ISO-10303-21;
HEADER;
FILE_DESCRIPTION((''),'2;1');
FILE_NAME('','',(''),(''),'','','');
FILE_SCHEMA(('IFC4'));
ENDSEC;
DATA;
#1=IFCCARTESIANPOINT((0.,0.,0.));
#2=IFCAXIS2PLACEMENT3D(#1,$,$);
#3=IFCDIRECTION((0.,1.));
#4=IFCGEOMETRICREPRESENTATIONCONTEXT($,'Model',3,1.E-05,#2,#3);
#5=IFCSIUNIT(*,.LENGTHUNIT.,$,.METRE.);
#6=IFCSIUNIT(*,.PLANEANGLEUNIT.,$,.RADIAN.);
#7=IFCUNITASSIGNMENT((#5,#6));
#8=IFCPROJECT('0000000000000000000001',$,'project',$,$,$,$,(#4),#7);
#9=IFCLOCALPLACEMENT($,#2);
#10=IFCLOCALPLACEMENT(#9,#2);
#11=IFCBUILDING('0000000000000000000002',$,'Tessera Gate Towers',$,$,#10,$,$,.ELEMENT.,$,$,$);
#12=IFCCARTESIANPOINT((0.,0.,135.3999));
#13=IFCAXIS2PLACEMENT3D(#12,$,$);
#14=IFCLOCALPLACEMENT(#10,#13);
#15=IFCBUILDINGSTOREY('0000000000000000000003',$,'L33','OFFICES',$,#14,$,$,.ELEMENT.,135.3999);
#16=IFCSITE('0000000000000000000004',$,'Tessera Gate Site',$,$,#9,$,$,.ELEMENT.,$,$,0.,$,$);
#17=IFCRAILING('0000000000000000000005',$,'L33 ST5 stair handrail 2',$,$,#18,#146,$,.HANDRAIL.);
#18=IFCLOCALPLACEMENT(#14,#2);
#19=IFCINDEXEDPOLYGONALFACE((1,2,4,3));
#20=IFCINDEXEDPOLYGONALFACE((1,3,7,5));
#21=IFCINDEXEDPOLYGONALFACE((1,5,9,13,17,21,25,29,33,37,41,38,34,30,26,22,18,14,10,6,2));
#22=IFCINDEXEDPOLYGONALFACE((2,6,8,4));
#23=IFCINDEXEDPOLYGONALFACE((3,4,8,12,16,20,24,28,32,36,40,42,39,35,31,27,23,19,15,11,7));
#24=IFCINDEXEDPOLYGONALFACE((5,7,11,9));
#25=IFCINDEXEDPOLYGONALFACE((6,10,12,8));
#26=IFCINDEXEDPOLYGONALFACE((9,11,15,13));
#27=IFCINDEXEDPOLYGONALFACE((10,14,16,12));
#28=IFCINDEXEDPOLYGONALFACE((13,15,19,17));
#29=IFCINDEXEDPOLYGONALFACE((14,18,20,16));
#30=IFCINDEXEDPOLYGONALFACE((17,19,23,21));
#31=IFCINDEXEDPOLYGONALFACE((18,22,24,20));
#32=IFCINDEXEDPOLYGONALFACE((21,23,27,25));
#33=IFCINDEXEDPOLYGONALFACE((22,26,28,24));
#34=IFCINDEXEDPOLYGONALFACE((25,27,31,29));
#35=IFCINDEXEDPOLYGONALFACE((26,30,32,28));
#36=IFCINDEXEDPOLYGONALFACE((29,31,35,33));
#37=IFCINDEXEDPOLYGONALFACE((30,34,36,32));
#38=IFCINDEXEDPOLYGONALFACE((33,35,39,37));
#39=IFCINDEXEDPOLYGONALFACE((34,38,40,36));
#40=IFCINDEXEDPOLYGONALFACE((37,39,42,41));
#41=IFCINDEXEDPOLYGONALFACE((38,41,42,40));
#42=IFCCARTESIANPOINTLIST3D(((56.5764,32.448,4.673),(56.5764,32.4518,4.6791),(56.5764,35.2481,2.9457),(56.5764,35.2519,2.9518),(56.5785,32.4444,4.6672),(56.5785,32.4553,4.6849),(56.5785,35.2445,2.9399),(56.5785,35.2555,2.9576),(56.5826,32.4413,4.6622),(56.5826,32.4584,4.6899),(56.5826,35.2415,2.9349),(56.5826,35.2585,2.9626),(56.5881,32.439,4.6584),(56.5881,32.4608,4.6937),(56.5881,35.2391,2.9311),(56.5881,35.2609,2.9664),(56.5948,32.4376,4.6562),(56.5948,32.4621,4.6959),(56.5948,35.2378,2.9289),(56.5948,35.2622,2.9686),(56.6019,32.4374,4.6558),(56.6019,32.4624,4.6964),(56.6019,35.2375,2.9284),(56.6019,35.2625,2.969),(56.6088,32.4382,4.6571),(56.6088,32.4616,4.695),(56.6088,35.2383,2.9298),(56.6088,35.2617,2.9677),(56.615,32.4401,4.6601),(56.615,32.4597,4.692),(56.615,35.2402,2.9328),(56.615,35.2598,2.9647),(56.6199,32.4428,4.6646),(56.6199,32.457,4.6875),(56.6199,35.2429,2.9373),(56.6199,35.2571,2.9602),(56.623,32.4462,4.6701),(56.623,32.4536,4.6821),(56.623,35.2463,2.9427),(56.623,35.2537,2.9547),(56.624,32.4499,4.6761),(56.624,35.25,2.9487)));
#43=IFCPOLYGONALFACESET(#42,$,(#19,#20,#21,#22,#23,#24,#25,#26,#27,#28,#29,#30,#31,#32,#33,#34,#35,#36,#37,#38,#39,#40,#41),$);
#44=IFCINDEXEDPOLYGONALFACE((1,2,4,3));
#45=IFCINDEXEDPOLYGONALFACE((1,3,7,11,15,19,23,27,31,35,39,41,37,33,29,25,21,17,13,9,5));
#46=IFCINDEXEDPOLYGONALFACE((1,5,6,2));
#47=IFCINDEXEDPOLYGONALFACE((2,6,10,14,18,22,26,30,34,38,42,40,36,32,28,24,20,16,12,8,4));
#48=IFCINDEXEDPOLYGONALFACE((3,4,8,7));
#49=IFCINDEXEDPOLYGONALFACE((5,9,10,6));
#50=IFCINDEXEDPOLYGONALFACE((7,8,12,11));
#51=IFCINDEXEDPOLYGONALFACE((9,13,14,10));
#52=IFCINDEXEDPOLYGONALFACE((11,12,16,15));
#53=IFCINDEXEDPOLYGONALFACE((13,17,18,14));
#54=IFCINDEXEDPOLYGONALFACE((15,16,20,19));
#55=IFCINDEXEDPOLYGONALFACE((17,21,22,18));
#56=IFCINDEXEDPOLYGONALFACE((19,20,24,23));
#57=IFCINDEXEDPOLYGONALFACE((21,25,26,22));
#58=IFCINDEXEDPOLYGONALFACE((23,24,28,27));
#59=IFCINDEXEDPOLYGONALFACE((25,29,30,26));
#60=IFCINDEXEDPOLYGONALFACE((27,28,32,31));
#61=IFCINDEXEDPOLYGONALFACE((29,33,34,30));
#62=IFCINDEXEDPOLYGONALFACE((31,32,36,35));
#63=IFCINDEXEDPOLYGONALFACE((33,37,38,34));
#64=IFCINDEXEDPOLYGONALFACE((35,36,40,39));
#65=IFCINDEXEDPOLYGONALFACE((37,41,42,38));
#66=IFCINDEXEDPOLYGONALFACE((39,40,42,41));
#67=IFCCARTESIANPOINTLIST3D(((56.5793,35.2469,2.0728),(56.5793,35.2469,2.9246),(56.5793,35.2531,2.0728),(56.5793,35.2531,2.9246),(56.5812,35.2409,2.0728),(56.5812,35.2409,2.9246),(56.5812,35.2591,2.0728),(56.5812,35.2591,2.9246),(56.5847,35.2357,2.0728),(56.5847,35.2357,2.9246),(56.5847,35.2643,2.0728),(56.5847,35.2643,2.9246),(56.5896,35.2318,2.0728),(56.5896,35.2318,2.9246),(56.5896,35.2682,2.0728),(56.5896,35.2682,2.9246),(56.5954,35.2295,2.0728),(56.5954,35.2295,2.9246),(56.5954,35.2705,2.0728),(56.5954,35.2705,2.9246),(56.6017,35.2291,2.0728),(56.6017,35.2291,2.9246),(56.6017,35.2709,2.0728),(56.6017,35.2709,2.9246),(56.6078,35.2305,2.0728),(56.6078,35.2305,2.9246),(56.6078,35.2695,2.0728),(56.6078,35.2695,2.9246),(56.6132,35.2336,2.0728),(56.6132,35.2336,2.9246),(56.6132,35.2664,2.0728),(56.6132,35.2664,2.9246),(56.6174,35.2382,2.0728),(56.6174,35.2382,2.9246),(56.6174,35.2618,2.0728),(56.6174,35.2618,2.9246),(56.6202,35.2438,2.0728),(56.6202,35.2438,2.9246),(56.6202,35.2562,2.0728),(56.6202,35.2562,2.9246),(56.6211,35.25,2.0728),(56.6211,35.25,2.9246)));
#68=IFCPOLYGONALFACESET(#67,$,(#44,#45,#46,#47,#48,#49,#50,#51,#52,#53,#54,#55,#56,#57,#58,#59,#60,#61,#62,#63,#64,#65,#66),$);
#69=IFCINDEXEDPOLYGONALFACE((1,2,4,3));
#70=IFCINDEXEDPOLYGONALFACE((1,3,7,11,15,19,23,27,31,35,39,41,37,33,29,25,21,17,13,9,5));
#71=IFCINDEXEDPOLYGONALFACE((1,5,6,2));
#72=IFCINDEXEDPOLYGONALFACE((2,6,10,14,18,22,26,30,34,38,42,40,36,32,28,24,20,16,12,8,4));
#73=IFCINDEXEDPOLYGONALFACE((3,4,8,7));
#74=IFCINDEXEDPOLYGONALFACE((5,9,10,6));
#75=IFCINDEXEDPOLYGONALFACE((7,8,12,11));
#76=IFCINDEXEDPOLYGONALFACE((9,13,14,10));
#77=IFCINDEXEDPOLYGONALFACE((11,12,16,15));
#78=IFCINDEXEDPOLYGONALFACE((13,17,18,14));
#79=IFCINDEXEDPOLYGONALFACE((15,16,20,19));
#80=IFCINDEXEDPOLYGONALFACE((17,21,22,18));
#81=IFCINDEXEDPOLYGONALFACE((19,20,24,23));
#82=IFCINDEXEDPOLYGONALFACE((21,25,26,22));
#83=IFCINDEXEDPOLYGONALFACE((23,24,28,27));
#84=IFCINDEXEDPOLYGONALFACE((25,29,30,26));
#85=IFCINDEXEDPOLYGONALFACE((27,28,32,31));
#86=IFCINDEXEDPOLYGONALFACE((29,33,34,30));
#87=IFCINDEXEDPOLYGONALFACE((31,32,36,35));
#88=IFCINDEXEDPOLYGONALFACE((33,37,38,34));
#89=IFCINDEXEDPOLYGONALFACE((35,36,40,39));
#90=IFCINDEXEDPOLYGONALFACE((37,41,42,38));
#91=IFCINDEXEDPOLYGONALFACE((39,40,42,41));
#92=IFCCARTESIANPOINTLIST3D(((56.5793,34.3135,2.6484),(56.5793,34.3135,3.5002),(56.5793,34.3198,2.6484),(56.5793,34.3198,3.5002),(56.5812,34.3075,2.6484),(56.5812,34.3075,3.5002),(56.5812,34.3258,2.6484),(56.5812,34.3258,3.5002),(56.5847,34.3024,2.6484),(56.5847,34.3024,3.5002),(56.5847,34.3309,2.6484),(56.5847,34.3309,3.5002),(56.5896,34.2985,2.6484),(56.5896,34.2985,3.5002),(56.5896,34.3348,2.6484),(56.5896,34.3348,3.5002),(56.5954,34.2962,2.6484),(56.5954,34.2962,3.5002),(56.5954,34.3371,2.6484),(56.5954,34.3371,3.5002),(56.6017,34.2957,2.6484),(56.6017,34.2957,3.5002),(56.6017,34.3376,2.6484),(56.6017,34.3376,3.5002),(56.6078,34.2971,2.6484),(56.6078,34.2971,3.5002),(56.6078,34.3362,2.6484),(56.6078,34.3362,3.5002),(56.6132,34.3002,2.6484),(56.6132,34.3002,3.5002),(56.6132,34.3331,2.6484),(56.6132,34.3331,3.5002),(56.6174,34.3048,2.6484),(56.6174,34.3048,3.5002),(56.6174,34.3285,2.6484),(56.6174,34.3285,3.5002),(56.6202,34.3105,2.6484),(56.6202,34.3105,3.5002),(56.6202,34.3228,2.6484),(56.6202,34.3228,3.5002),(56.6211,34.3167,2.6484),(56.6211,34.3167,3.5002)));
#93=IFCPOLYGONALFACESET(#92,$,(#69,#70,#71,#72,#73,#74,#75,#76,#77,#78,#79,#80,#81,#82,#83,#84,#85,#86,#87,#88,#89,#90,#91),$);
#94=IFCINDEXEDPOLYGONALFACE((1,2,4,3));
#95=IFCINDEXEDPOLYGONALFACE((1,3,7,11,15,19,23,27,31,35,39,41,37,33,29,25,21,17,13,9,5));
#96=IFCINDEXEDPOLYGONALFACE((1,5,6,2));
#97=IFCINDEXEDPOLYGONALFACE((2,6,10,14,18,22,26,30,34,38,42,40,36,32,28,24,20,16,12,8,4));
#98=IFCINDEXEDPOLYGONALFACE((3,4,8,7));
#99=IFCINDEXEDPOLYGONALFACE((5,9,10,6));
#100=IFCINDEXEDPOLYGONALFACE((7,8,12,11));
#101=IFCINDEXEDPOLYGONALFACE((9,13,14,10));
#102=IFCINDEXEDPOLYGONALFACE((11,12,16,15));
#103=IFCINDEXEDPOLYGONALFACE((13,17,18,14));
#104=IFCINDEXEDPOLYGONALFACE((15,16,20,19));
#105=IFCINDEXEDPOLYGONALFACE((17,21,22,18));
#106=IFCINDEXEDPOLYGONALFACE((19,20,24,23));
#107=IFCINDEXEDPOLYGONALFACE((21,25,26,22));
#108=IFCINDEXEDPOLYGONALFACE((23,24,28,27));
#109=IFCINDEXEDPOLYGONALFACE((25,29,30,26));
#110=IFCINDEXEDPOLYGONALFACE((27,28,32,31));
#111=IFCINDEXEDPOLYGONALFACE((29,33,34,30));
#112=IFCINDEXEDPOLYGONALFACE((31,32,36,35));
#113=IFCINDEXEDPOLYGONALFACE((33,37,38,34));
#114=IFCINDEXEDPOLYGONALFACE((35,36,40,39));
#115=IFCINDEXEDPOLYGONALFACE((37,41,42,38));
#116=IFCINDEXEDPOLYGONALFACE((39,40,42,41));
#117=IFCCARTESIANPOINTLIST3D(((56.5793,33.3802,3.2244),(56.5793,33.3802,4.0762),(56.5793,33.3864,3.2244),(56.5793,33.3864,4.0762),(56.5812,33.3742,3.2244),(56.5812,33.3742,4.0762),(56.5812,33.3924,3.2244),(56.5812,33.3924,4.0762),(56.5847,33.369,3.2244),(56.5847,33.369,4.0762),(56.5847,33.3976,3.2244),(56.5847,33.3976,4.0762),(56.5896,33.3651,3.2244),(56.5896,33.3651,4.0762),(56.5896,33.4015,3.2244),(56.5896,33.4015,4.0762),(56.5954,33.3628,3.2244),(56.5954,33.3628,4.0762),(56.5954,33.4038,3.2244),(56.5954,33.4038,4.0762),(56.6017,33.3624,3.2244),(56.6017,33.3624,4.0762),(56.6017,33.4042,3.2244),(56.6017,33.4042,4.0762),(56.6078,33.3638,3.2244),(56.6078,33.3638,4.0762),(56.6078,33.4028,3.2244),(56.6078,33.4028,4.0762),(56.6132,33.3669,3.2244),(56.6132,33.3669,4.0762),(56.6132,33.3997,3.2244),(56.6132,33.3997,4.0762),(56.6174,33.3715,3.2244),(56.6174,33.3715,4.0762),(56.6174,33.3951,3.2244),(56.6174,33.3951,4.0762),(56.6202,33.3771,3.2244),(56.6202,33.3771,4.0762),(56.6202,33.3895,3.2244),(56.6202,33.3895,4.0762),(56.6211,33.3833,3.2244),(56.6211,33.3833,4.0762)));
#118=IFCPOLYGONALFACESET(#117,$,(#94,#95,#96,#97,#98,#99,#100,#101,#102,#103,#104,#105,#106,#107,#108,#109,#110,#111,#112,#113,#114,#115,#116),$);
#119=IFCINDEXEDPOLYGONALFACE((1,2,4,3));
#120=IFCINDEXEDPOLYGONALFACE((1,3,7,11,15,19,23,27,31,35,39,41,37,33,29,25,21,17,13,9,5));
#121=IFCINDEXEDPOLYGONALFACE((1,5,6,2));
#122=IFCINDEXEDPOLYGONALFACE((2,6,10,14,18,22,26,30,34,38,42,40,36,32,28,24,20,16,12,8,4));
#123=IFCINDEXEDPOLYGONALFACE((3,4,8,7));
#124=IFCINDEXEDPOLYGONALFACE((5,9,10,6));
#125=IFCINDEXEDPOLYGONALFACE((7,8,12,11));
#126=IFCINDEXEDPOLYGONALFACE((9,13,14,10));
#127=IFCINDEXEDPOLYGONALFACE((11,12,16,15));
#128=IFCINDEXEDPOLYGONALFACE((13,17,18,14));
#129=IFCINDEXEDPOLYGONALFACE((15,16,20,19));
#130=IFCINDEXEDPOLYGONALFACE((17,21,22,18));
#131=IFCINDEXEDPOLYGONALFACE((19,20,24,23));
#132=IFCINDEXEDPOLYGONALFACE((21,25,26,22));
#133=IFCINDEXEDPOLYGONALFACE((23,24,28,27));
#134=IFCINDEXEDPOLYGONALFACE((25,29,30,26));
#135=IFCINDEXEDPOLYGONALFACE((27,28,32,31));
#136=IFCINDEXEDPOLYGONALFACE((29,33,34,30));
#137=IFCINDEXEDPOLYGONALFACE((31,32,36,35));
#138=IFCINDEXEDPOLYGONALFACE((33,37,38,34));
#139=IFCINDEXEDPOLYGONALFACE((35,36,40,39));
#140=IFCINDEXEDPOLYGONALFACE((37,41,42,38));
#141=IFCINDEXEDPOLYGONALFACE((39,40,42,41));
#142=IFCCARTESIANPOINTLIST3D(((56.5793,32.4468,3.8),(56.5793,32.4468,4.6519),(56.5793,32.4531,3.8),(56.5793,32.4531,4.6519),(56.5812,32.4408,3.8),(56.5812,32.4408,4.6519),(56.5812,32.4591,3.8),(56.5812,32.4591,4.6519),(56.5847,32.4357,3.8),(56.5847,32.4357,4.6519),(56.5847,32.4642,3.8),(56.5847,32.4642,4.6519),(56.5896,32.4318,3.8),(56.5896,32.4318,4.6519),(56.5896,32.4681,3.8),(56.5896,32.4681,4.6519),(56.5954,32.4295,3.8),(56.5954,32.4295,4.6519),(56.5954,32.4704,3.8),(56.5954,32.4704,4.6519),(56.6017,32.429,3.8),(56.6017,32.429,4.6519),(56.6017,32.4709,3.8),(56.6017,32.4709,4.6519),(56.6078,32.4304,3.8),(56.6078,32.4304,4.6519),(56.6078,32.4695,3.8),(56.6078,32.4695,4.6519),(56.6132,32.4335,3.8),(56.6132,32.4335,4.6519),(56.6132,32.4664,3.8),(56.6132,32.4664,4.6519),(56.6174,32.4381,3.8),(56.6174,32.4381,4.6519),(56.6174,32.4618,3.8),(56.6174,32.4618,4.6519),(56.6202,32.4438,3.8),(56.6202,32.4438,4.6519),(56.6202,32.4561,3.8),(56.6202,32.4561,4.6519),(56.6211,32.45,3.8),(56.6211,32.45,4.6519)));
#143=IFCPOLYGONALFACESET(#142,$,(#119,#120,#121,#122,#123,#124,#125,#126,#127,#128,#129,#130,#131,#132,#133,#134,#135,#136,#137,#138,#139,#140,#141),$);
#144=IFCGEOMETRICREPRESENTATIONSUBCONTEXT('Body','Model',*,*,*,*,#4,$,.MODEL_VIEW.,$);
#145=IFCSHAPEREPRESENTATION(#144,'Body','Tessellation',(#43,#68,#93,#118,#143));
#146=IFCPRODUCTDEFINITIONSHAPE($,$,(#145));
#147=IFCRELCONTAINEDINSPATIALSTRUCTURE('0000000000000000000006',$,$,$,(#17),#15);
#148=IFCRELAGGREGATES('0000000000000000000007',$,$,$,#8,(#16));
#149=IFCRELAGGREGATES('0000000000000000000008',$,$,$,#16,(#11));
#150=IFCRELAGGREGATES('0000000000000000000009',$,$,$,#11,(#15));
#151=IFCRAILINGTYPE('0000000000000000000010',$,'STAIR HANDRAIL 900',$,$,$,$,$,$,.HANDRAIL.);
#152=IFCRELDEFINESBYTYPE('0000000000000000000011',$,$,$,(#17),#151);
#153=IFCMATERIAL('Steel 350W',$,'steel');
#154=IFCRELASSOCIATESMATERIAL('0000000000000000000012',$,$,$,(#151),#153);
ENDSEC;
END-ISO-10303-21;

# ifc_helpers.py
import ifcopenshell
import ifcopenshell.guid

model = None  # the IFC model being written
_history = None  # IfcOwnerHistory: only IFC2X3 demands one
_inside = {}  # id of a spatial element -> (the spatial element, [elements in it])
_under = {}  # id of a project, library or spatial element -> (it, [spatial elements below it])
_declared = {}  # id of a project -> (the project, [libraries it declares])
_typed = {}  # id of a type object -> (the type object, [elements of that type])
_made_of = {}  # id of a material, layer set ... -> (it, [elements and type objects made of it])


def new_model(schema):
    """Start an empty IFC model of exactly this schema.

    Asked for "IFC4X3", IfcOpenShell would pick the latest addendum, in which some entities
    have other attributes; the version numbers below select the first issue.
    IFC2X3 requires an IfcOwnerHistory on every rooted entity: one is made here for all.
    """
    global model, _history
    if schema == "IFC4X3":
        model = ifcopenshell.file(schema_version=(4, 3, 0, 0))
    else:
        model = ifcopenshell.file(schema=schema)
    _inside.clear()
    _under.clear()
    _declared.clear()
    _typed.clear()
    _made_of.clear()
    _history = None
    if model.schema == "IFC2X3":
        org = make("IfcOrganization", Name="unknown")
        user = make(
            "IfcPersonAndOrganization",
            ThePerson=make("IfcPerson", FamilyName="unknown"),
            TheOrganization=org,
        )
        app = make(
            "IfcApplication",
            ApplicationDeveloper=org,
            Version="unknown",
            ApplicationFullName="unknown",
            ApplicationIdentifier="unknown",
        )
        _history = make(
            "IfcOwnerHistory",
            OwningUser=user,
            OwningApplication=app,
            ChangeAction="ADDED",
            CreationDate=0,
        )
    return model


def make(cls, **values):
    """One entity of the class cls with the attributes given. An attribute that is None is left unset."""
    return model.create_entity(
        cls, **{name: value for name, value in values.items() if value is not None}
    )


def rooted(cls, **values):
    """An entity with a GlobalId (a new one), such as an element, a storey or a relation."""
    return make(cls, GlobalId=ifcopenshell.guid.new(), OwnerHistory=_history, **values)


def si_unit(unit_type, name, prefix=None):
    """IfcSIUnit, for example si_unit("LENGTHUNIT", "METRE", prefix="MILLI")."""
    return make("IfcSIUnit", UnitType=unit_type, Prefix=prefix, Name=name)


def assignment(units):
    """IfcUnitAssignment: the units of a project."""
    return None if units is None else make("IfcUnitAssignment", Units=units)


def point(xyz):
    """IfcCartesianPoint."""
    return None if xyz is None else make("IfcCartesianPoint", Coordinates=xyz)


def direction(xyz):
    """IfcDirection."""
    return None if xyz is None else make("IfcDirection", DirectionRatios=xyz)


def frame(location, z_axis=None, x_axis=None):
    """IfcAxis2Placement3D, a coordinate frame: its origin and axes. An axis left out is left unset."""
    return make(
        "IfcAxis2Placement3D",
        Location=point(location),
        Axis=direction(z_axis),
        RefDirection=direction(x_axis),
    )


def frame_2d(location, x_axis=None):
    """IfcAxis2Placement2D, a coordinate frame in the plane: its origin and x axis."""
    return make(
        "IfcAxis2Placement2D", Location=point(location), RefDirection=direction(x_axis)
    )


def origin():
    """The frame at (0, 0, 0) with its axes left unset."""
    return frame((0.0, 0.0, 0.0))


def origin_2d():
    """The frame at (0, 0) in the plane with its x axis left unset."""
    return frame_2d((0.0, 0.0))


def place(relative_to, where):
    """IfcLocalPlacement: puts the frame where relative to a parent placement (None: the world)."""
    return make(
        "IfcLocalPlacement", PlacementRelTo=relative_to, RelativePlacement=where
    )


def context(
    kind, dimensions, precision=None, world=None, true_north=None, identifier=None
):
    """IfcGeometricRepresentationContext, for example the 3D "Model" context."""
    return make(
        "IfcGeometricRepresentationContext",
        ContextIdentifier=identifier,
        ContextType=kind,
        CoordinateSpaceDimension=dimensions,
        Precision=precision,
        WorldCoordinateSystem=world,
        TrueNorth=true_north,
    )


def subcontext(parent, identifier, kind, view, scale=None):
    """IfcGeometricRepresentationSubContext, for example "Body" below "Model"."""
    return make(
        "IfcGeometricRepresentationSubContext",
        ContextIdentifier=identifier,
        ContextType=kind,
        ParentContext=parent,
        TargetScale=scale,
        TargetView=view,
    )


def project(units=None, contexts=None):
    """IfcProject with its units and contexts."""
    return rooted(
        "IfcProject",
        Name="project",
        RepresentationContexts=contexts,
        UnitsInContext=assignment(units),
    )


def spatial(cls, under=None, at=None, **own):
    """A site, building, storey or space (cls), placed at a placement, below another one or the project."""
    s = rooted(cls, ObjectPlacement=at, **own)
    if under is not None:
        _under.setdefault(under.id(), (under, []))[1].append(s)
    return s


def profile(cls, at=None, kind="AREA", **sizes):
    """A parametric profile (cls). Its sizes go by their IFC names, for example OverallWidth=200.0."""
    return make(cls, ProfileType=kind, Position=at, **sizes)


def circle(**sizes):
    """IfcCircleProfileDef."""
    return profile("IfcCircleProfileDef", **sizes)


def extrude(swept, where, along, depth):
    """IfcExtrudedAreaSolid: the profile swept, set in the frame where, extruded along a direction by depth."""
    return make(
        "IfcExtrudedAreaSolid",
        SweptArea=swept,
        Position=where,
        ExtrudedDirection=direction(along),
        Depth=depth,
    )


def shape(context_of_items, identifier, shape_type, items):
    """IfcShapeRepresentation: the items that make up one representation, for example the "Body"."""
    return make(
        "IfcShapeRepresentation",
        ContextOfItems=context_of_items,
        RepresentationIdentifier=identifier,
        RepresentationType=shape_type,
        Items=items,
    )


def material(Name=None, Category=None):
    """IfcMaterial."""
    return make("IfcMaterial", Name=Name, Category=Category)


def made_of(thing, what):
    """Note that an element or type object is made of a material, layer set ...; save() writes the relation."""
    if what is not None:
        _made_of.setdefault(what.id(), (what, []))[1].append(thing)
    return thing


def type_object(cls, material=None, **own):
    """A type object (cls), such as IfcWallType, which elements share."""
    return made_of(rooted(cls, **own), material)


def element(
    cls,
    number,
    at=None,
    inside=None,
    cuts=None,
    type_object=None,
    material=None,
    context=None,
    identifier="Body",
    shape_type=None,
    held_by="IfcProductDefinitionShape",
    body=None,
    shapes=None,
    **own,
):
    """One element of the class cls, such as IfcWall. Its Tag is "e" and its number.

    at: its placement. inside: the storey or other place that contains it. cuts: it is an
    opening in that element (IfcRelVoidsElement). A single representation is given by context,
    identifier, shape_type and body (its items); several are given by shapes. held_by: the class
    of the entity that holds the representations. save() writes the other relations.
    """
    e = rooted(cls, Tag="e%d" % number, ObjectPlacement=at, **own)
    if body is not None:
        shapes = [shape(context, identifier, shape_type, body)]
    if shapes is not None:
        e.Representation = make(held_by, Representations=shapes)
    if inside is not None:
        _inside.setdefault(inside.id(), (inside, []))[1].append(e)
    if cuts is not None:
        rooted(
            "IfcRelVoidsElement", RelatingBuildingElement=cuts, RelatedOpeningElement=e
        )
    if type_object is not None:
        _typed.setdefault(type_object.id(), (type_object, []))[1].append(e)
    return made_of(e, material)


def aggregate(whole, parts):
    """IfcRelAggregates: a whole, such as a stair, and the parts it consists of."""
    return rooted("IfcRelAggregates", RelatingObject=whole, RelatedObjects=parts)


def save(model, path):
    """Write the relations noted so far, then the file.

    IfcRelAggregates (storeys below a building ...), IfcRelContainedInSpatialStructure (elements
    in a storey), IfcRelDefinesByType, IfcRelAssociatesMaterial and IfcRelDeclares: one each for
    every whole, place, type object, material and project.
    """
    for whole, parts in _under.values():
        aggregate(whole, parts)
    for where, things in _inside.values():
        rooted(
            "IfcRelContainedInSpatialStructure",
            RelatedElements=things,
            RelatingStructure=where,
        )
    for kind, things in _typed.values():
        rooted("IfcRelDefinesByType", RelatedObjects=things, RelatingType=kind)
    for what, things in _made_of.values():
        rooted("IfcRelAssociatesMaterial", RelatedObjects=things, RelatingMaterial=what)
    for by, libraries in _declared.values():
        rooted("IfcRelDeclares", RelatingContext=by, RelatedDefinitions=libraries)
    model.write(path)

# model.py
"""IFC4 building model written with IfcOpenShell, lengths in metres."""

from ifc_helpers import new_model, si_unit, direction, frame, origin, origin_2d, place, context, subcontext, project, spatial, circle, extrude, material, type_object, element, save


model = new_model("IFC4")

# Units and contexts
model_context = context("Model", 3, precision=1e-05, world=origin(), true_north=direction((0.0, 1.0)))
body_context = subcontext(model_context, "Body", "Model", "MODEL_VIEW")
ifc_project = project(units=[si_unit("LENGTHUNIT", "METRE"), si_unit("PLANEANGLEUNIT", "RADIAN")], contexts=[model_context])

# Site, building, storey
site_placement = place(None, origin())
site = spatial("IfcSite", under=ifc_project, at=site_placement, Name="Tessera Gate Site", CompositionType="ELEMENT", RefElevation=0.0)
building_placement = place(site_placement, origin())
building = spatial("IfcBuilding", under=site, at=building_placement, Name="Tessera Gate Towers", CompositionType="ELEMENT")
storey_placement = place(building_placement, frame((0.0, 0.0, 135.3999)))
storey = spatial("IfcBuildingStorey", under=building, at=storey_placement, Name="L33", Description="OFFICES", CompositionType="ELEMENT", Elevation=135.3999)

# Railing
ifc_material_1 = material(Name="Steel 350W", Category="steel")
railing_type_1 = type_object("IfcRailingType", Name="STAIR HANDRAIL 900", PredefinedType="HANDRAIL", material=ifc_material_1)
railing_1_placement = place(storey_placement, frame((56.6001, 35.25, 2.0728)))
element("IfcRailing", 1, at=railing_1_placement, inside=storey, type_object=railing_type_1, Name="L33 ST5 stair handrail 2", PredefinedType="HANDRAIL", context=body_context, shape_type="SweptSolid", body=[
    extrude(circle(Radius=0.0239, at=origin_2d()), frame((0.0, 0.0, 0.876), z_axis=(0.0, -0.85109, 0.52502), x_axis=(1.0, 0.0, 0.0)), (0.0, 0.0, 1.0), 3.29),
    extrude(circle(Radius=0.021, at=origin_2d()), origin(), (0.0, 0.0, 1.0), 0.8518),
    extrude(circle(Radius=0.021, at=origin_2d()), frame((0.0, -0.9333, 0.5757)), (0.0, 0.0, 1.0), 0.8518),
    extrude(circle(Radius=0.021, at=origin_2d()), frame((0.0, -1.8667, 1.1516)), (0.0, 0.0, 1.0), 0.8518),
    extrude(circle(Radius=0.021, at=origin_2d()), frame((0.0, -2.8, 1.7273)), (0.0, 0.0, 1.0), 0.8518),
])

save(model, "model.ifc")
